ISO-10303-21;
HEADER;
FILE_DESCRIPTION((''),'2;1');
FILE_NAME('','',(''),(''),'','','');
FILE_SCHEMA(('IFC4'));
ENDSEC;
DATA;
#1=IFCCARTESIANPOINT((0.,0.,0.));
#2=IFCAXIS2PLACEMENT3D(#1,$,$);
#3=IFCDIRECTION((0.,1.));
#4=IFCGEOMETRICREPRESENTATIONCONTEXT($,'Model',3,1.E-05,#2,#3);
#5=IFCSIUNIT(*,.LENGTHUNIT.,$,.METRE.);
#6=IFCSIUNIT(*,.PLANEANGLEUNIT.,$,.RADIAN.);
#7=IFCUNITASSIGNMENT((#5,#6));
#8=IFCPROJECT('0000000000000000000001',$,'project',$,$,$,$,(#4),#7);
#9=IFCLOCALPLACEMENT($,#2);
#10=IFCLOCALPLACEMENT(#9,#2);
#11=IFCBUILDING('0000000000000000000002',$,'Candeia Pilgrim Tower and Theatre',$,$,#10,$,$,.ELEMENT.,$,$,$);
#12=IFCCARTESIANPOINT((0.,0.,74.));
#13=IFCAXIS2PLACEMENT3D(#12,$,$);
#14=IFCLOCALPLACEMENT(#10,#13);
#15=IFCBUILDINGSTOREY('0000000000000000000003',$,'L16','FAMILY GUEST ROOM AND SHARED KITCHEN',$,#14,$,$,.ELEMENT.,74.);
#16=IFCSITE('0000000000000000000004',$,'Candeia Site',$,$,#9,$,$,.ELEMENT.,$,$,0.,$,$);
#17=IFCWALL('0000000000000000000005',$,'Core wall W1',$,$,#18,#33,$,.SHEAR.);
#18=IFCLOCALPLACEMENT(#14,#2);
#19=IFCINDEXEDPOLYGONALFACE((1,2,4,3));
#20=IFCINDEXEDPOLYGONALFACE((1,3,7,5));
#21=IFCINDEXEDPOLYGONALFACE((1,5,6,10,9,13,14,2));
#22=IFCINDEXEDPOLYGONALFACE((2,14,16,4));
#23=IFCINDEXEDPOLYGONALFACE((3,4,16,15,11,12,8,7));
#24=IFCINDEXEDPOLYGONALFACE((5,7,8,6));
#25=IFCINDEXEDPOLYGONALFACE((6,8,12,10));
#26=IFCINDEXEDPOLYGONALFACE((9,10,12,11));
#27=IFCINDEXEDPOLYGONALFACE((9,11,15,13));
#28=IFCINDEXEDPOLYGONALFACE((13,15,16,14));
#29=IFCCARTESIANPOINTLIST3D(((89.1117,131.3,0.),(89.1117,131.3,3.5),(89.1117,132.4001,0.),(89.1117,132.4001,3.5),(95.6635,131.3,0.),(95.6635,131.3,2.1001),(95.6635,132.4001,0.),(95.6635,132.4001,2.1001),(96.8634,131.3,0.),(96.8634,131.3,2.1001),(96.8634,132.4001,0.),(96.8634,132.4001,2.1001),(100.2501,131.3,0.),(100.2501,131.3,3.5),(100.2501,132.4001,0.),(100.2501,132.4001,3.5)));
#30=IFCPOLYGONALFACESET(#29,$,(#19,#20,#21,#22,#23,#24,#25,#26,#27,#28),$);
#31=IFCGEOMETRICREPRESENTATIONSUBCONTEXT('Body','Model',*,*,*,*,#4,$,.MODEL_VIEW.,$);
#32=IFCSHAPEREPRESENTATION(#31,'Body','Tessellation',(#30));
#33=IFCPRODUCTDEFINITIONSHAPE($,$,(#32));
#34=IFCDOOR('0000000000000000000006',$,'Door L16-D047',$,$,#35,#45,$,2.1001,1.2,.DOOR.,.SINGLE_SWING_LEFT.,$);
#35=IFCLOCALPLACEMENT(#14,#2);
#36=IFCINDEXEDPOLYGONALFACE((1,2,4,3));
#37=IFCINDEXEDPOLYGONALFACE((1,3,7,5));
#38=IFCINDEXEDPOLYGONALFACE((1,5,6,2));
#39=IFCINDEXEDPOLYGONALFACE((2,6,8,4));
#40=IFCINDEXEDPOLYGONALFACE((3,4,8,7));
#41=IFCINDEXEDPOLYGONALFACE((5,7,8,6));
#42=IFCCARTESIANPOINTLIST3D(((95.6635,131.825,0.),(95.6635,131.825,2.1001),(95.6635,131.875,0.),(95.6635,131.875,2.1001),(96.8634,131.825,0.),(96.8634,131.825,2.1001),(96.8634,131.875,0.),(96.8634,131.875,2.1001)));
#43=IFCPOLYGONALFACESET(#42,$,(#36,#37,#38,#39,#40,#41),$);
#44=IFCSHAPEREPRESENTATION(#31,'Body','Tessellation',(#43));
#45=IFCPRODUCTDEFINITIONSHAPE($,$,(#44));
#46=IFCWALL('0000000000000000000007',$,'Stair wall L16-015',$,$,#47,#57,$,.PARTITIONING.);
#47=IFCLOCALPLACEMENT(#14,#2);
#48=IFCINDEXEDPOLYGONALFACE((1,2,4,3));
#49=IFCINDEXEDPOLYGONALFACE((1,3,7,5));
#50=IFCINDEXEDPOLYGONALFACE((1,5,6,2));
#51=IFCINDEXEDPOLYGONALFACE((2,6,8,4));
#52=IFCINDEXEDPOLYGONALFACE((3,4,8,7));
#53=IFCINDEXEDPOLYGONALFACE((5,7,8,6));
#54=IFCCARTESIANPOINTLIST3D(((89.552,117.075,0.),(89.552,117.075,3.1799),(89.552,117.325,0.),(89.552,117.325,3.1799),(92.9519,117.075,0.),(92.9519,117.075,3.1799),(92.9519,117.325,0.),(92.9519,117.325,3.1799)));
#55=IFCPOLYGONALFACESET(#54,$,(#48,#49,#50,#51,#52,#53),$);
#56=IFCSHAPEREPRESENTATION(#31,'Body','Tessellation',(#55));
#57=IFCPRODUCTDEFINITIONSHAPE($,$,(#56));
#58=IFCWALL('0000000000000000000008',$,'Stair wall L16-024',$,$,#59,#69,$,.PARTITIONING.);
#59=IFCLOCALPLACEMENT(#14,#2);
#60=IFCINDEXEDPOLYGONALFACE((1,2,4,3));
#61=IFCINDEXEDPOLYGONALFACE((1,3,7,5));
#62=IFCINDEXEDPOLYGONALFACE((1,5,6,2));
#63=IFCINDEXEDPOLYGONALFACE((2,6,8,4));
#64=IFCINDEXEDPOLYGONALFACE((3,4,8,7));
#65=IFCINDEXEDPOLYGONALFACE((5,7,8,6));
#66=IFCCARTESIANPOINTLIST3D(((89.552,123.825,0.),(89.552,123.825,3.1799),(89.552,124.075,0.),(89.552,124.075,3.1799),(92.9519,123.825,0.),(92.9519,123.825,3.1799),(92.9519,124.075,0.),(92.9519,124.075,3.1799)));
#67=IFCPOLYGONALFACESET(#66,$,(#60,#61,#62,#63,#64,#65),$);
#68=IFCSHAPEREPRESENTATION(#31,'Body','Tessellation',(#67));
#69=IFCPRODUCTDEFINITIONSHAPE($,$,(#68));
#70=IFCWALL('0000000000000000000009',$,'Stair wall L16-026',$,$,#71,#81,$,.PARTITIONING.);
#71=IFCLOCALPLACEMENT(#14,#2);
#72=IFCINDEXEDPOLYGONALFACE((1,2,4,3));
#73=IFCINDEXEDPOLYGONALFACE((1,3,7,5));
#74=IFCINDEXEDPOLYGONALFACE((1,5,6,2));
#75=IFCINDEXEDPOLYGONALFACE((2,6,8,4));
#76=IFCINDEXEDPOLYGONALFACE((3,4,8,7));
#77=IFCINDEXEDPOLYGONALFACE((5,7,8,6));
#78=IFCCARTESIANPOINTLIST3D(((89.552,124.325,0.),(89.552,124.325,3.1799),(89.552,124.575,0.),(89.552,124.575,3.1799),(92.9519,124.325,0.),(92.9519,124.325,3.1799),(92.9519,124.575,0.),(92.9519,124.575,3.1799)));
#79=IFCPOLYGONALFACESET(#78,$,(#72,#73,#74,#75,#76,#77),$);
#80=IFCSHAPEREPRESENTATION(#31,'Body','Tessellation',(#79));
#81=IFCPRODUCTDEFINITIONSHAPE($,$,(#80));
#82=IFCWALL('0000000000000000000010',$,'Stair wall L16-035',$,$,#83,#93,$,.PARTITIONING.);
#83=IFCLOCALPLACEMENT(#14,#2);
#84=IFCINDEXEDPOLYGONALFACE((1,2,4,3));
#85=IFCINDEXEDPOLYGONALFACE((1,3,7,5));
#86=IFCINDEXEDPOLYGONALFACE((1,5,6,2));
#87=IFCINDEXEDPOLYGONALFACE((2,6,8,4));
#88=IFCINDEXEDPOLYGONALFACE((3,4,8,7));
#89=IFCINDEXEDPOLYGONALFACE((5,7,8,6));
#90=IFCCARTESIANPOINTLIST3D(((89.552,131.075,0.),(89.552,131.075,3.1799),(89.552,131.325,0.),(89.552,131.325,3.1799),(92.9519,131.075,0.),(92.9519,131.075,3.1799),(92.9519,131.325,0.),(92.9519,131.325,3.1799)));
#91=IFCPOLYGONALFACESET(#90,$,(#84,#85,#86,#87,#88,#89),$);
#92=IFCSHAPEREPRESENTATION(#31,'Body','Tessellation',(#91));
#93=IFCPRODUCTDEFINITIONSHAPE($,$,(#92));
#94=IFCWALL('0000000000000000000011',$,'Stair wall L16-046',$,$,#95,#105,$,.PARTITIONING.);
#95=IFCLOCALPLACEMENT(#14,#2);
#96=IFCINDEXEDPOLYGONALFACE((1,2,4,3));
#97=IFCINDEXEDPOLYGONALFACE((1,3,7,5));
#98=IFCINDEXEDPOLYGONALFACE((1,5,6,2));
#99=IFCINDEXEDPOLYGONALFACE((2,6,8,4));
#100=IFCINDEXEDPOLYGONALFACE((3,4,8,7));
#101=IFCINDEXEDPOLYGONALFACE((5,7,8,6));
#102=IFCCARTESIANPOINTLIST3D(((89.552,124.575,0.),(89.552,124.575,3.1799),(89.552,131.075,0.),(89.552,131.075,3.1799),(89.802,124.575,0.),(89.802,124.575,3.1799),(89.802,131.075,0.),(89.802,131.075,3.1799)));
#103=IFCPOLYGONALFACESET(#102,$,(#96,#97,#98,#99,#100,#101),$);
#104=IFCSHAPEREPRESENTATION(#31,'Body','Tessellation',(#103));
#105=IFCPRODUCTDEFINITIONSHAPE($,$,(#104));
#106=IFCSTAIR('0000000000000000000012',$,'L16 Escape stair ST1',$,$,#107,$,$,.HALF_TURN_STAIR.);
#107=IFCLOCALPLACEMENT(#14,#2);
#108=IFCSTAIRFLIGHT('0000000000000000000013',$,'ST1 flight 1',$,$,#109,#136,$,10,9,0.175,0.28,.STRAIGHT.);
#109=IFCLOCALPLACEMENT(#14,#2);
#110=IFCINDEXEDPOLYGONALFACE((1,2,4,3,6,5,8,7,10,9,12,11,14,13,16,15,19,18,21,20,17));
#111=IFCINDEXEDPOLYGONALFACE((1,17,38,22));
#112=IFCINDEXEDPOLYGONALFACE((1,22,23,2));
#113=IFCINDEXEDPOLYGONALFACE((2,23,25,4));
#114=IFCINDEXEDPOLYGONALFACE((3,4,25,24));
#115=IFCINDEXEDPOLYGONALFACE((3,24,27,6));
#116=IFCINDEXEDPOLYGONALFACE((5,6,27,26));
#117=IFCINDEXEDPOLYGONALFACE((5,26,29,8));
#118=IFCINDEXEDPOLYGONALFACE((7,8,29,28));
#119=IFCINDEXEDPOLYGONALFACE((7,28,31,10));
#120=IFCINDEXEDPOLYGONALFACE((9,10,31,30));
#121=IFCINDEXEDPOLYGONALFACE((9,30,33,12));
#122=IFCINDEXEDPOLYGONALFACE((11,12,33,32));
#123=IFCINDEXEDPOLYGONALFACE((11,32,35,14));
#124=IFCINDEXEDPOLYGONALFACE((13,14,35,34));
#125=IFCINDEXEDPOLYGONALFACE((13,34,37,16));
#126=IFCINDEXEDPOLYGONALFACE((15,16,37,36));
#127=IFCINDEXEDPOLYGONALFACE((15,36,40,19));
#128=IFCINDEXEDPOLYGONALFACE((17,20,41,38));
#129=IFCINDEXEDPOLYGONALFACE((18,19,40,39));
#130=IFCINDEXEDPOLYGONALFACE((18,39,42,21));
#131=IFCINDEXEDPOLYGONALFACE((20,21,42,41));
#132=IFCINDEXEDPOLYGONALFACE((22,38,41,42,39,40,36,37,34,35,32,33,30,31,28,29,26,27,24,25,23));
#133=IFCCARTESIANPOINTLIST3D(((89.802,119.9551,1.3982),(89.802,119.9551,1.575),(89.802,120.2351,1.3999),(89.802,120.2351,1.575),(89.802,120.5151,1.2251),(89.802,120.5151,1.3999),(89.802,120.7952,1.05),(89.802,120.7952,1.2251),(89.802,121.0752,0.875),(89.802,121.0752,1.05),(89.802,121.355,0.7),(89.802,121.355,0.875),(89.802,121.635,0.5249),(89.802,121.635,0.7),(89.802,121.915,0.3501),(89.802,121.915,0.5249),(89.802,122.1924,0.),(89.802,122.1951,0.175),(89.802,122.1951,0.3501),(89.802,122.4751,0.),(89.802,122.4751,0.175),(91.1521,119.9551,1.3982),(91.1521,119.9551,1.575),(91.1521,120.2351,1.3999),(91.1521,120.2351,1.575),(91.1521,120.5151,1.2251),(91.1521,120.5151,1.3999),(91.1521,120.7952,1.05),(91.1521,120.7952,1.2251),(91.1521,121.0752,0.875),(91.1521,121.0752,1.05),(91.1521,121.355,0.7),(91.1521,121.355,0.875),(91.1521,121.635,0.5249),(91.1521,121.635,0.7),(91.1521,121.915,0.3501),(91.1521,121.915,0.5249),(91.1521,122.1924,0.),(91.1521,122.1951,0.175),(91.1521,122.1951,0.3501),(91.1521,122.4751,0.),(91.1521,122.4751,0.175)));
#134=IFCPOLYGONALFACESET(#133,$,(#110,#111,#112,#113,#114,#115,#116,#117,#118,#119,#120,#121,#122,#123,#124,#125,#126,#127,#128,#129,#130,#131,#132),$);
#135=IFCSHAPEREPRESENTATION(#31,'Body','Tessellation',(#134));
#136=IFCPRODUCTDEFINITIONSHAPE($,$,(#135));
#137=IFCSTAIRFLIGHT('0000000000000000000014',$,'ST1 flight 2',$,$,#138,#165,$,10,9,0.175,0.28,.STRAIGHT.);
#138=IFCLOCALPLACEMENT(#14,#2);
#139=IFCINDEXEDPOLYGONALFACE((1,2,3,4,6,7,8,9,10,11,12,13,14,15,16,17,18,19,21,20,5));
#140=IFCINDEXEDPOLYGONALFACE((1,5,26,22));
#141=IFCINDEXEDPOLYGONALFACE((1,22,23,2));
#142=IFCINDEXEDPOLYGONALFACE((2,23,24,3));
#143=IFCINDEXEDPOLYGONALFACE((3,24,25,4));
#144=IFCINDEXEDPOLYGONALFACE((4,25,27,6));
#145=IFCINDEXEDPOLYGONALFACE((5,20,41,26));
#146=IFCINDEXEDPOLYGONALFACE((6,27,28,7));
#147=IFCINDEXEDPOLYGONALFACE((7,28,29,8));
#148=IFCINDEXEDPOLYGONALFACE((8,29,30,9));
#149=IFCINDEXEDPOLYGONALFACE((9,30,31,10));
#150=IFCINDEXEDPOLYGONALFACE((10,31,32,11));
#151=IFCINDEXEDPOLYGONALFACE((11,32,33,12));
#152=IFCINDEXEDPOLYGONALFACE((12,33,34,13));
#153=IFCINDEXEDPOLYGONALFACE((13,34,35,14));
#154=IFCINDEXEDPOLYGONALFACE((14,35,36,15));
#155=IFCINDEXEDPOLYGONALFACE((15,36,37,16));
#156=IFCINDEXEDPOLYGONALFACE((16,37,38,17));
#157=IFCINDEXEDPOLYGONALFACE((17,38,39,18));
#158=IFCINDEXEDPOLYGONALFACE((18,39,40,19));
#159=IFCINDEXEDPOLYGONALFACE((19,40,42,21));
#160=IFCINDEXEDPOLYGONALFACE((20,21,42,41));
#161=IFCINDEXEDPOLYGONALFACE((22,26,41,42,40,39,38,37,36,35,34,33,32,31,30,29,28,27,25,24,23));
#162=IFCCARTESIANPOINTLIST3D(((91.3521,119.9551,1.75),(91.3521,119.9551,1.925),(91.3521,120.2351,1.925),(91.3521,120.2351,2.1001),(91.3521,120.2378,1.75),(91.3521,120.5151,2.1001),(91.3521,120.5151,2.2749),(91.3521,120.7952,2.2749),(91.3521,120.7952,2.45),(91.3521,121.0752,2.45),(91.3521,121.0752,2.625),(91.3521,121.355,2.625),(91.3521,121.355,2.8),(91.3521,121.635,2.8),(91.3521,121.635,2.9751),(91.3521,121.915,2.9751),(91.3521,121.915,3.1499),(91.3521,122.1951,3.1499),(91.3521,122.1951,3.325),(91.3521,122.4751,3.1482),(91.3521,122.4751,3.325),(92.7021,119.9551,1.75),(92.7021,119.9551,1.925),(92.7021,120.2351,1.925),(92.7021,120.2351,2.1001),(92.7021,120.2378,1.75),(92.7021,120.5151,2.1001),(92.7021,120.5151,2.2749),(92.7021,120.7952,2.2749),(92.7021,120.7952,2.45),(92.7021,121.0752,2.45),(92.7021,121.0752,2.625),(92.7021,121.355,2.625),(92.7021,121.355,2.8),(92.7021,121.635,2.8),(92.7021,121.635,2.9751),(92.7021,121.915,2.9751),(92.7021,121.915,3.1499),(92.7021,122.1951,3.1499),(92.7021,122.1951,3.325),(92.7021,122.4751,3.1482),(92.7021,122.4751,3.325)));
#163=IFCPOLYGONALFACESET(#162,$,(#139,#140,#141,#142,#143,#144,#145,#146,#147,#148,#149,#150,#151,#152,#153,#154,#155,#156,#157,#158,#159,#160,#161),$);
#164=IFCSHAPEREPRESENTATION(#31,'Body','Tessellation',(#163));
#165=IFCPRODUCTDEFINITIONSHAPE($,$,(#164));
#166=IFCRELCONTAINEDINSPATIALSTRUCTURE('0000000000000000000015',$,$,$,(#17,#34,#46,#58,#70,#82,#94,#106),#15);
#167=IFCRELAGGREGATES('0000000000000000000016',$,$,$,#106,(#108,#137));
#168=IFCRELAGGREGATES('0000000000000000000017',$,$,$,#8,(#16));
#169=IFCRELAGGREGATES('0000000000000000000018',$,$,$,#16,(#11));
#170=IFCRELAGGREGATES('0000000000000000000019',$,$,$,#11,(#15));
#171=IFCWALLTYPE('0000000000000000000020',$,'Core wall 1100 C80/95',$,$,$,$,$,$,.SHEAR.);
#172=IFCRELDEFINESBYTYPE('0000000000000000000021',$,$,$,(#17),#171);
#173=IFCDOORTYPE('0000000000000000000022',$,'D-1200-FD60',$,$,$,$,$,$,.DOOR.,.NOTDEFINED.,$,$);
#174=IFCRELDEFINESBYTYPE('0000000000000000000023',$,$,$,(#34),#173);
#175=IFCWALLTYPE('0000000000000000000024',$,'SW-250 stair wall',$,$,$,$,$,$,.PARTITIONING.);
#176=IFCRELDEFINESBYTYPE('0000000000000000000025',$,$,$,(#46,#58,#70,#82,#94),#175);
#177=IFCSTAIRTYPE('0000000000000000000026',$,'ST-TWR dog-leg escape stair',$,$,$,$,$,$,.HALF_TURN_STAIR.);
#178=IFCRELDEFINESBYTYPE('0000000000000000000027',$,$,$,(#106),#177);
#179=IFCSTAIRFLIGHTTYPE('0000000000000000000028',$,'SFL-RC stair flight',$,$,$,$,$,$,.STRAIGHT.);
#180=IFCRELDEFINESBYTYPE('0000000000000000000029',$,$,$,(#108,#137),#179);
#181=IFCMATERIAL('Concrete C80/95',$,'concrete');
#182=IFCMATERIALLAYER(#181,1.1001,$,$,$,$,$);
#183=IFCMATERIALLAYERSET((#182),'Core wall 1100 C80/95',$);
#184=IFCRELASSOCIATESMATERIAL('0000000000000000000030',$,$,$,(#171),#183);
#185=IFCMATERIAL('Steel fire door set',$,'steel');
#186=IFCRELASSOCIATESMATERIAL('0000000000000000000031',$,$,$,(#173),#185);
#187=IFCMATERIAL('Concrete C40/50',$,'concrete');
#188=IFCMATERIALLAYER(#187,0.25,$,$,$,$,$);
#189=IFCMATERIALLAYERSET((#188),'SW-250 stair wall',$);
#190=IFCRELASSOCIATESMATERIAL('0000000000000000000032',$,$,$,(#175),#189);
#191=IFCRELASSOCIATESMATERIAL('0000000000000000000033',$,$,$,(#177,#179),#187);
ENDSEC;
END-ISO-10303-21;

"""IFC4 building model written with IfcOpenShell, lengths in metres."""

from ifc_helpers import new_model, si_unit, direction, frame, frame_2d, origin, place, context, subcontext, project, spatial, polyline, rectangle, outline, extrude, material, layer, layer_set, type_object, element, fill, aggregate, save


model = new_model("IFC4")

# Units and contexts
model_context = context("Model", 3, precision=1e-05, world=origin(), true_north=direction((0.0, 1.0)))
body_context = subcontext(model_context, "Body", "Model", "MODEL_VIEW")
ifc_project = project(units=[si_unit("LENGTHUNIT", "METRE"), si_unit("PLANEANGLEUNIT", "RADIAN")], contexts=[model_context])

# Site, building, storey
site_placement = place(None, origin())
site = spatial("IfcSite", under=ifc_project, at=site_placement, Name="Candeia Site", CompositionType="ELEMENT", RefElevation=0.0)
building_placement = place(site_placement, origin())
building = spatial("IfcBuilding", under=site, at=building_placement, Name="Candeia Pilgrim Tower and Theatre", CompositionType="ELEMENT")
storey_placement = place(building_placement, frame((0.0, 0.0, 74.0)))
storey = spatial("IfcBuildingStorey", under=building, at=storey_placement, Name="L16", Description="FAMILY GUEST ROOM AND SHARED KITCHEN", CompositionType="ELEMENT", Elevation=74.0)

# Wall, opening, door
ifc_material_1 = material(Name="Concrete C80/95", Category="concrete")
ifc_layer_1 = layer(ifc_material_1, 1.1001)
ifc_layer_set_1 = layer_set([ifc_layer_1], Name="Core wall 1100 C80/95")
wall_type_1 = type_object("IfcWallType", Name="Core wall 1100 C80/95", PredefinedType="SHEAR", material=ifc_layer_set_1)
wall_1_placement = place(storey_placement, frame((89.1116, 131.8501, 0.0), z_axis=(0.0, 0.0, 1.0), x_axis=(1.0, 0.0, 0.0)))
wall_1 = element("IfcWall", 1, at=wall_1_placement, inside=storey, type_object=wall_type_1, Name="Core wall W1", PredefinedType="SHEAR", context=body_context, shape_type="SweptSolid", body=[
    extrude(rectangle(XDim=11.1384, YDim=1.1001, at=frame_2d((5.5693, 0.0))), origin(), (0.0, 0.0, 1.0), 3.5),
])
opening_placement = place(wall_1_placement, frame((6.5518, 0.0, 0.0)))
opening = element("IfcOpeningElement", 2, at=opening_placement, cuts=wall_1, PredefinedType="OPENING", context=body_context, shape_type="SweptSolid", body=[
    extrude(rectangle(XDim=1.2, YDim=2.1001, at=frame_2d((0.6001, 1.05))), frame((0.0, 0.5601, 0.0), z_axis=(0.0, -1.0, 0.0), x_axis=(1.0, 0.0, 0.0)), (0.0, 0.0, 1.0), 1.1201),
])
ifc_material_2 = material(Name="Steel fire door set", Category="steel")
door_type = type_object("IfcDoorType", Name="D-1200-FD60", OperationType="NOTDEFINED", PredefinedType="DOOR", material=ifc_material_2)
door_placement = place(opening_placement, origin())
door = element("IfcDoor", 3, at=door_placement, inside=storey, type_object=door_type, Name="Door L16-D047", OperationType="SINGLE_SWING_LEFT", OverallHeight=2.1001, OverallWidth=1.2, PredefinedType="DOOR", context=body_context, shape_type="SweptSolid", body=[
    extrude(rectangle(XDim=1.2, YDim=2.1001, at=frame_2d((0.6001, 1.05))), frame((0.0, 0.0249, 0.0), z_axis=(0.0, -1.0, 0.0), x_axis=(1.0, 0.0, 0.0)), (0.0, 0.0, 1.0), 0.05),
])
fill(opening, door)

# Walls
ifc_material_3 = material(Name="Concrete C40/50", Category="concrete")
ifc_layer_2 = layer(ifc_material_3, 0.25)
ifc_layer_set_2 = layer_set([ifc_layer_2], Name="SW-250 stair wall")
wall_type_2 = type_object("IfcWallType", Name="SW-250 stair wall", PredefinedType="PARTITIONING", material=ifc_layer_set_2)
for number, where, z_axis, x_axis, name in (
    (4, (89.552, 117.2, 0.0), (0.0, 0.0, 1.0), (1.0, 0.0, 0.0), "Stair wall L16-015"),
    (5, (89.552, 123.95, 0.0), (0.0, 0.0, 1.0), (1.0, 0.0, 0.0), "Stair wall L16-024"),
    (6, (89.552, 124.45, 0.0), (0.0, 0.0, 1.0), (1.0, 0.0, 0.0), "Stair wall L16-026"),
    (7, (89.552, 131.2, 0.0), (0.0, 0.0, 1.0), (1.0, 0.0, 0.0), "Stair wall L16-035"),
):
    element("IfcWall", number, at=place(storey_placement, frame(where, z_axis=z_axis, x_axis=x_axis)), inside=storey, type_object=wall_type_2, Name=name, PredefinedType="PARTITIONING", context=body_context, shape_type="SweptSolid", body=[
        extrude(rectangle(XDim=3.3999, YDim=0.25, at=frame_2d((1.7, 0.0))), origin(), (0.0, 0.0, 1.0), 3.1799),
    ])
wall_2_placement = place(storey_placement, frame((89.677, 124.575, 0.0), z_axis=(0.0, 0.0, 1.0), x_axis=(0.0, 1.0, 0.0)))
element("IfcWall", 8, at=wall_2_placement, inside=storey, type_object=wall_type_2, Name="Stair wall L16-046", PredefinedType="PARTITIONING", context=body_context, shape_type="SweptSolid", body=[
    extrude(rectangle(XDim=6.5, YDim=0.25, at=frame_2d((3.25, 0.0))), origin(), (0.0, 0.0, 1.0), 3.1799),
])

# Stair, stair flights
stair_type = type_object("IfcStairType", Name="ST-TWR dog-leg escape stair", PredefinedType="HALF_TURN_STAIR", material=ifc_material_3)
stair_1_placement = place(storey_placement, origin())
stair_1 = element("IfcStair", 9, at=stair_1_placement, inside=storey, type_object=stair_type, Name="L16 Escape stair ST1", PredefinedType="HALF_TURN_STAIR")
stair_flight_type = type_object("IfcStairFlightType", Name="SFL-RC stair flight", PredefinedType="STRAIGHT", material=ifc_material_3)
stair_flight_1_placement = place(storey_placement, frame((90.4771, 122.4751, 0.0), z_axis=(0.0, 0.0, 1.0), x_axis=(0.0, -1.0, 0.0)))
stair_flight_1 = element("IfcStairFlight", 10, at=stair_flight_1_placement, type_object=stair_flight_type, Name="ST1 flight 1", NumberOfRisers=10, NumberOfTreads=9, PredefinedType="STRAIGHT", RiserHeight=0.175, TreadLength=0.28, context=body_context, shape_type="SweptSolid", body=[
    extrude(outline(polyline([(0.0, 0.0), (0.0, 0.175), (0.28, 0.175), (0.28, 0.3501), (0.5601, 0.3501), (0.5601, 0.5249), (0.8401, 0.5249), (0.8401, 0.7), (1.1201, 0.7), (1.1201, 0.875), (1.3999, 0.875), (1.3999, 1.05), (1.6799, 1.05), (1.6799, 1.2251), (1.96, 1.2251), (1.96, 1.3999), (2.24, 1.3999), (2.24, 1.575), (2.52, 1.575), (2.52, 1.75), (2.52, 1.3982), (0.2827, 0.0), (0.0, 0.0)])), frame((0.0, 0.675, 0.0), z_axis=(0.0, -1.0, 0.0), x_axis=(1.0, 0.0, 0.0)), (0.0, 0.0, 1.0), 1.3501),
])
stair_flight_2_placement = place(storey_placement, frame((92.0271, 119.9551, 1.75), z_axis=(0.0, 0.0, 1.0), x_axis=(0.0, 1.0, 0.0)))
stair_flight_2 = element("IfcStairFlight", 11, at=stair_flight_2_placement, type_object=stair_flight_type, Name="ST1 flight 2", NumberOfRisers=10, NumberOfTreads=9, PredefinedType="STRAIGHT", RiserHeight=0.175, TreadLength=0.28, context=body_context, shape_type="SweptSolid", body=[
    extrude(outline(polyline([(0.0, 0.0), (0.0, 0.175), (0.28, 0.175), (0.28, 0.3501), (0.5601, 0.3501), (0.5601, 0.5249), (0.8401, 0.5249), (0.8401, 0.7), (1.1201, 0.7), (1.1201, 0.875), (1.3999, 0.875), (1.3999, 1.05), (1.6799, 1.05), (1.6799, 1.2251), (1.96, 1.2251), (1.96, 1.3999), (2.24, 1.3999), (2.24, 1.575), (2.52, 1.575), (2.52, 1.75), (2.52, 1.3982), (0.2827, 0.0), (0.0, 0.0)])), frame((0.0, 0.675, 0.0), z_axis=(0.0, -1.0, 0.0), x_axis=(1.0, 0.0, 0.0)), (0.0, 0.0, 1.0), 1.3501),
])
aggregate(stair_1, [stair_flight_1, stair_flight_2])

save(model, "model.ifc")
